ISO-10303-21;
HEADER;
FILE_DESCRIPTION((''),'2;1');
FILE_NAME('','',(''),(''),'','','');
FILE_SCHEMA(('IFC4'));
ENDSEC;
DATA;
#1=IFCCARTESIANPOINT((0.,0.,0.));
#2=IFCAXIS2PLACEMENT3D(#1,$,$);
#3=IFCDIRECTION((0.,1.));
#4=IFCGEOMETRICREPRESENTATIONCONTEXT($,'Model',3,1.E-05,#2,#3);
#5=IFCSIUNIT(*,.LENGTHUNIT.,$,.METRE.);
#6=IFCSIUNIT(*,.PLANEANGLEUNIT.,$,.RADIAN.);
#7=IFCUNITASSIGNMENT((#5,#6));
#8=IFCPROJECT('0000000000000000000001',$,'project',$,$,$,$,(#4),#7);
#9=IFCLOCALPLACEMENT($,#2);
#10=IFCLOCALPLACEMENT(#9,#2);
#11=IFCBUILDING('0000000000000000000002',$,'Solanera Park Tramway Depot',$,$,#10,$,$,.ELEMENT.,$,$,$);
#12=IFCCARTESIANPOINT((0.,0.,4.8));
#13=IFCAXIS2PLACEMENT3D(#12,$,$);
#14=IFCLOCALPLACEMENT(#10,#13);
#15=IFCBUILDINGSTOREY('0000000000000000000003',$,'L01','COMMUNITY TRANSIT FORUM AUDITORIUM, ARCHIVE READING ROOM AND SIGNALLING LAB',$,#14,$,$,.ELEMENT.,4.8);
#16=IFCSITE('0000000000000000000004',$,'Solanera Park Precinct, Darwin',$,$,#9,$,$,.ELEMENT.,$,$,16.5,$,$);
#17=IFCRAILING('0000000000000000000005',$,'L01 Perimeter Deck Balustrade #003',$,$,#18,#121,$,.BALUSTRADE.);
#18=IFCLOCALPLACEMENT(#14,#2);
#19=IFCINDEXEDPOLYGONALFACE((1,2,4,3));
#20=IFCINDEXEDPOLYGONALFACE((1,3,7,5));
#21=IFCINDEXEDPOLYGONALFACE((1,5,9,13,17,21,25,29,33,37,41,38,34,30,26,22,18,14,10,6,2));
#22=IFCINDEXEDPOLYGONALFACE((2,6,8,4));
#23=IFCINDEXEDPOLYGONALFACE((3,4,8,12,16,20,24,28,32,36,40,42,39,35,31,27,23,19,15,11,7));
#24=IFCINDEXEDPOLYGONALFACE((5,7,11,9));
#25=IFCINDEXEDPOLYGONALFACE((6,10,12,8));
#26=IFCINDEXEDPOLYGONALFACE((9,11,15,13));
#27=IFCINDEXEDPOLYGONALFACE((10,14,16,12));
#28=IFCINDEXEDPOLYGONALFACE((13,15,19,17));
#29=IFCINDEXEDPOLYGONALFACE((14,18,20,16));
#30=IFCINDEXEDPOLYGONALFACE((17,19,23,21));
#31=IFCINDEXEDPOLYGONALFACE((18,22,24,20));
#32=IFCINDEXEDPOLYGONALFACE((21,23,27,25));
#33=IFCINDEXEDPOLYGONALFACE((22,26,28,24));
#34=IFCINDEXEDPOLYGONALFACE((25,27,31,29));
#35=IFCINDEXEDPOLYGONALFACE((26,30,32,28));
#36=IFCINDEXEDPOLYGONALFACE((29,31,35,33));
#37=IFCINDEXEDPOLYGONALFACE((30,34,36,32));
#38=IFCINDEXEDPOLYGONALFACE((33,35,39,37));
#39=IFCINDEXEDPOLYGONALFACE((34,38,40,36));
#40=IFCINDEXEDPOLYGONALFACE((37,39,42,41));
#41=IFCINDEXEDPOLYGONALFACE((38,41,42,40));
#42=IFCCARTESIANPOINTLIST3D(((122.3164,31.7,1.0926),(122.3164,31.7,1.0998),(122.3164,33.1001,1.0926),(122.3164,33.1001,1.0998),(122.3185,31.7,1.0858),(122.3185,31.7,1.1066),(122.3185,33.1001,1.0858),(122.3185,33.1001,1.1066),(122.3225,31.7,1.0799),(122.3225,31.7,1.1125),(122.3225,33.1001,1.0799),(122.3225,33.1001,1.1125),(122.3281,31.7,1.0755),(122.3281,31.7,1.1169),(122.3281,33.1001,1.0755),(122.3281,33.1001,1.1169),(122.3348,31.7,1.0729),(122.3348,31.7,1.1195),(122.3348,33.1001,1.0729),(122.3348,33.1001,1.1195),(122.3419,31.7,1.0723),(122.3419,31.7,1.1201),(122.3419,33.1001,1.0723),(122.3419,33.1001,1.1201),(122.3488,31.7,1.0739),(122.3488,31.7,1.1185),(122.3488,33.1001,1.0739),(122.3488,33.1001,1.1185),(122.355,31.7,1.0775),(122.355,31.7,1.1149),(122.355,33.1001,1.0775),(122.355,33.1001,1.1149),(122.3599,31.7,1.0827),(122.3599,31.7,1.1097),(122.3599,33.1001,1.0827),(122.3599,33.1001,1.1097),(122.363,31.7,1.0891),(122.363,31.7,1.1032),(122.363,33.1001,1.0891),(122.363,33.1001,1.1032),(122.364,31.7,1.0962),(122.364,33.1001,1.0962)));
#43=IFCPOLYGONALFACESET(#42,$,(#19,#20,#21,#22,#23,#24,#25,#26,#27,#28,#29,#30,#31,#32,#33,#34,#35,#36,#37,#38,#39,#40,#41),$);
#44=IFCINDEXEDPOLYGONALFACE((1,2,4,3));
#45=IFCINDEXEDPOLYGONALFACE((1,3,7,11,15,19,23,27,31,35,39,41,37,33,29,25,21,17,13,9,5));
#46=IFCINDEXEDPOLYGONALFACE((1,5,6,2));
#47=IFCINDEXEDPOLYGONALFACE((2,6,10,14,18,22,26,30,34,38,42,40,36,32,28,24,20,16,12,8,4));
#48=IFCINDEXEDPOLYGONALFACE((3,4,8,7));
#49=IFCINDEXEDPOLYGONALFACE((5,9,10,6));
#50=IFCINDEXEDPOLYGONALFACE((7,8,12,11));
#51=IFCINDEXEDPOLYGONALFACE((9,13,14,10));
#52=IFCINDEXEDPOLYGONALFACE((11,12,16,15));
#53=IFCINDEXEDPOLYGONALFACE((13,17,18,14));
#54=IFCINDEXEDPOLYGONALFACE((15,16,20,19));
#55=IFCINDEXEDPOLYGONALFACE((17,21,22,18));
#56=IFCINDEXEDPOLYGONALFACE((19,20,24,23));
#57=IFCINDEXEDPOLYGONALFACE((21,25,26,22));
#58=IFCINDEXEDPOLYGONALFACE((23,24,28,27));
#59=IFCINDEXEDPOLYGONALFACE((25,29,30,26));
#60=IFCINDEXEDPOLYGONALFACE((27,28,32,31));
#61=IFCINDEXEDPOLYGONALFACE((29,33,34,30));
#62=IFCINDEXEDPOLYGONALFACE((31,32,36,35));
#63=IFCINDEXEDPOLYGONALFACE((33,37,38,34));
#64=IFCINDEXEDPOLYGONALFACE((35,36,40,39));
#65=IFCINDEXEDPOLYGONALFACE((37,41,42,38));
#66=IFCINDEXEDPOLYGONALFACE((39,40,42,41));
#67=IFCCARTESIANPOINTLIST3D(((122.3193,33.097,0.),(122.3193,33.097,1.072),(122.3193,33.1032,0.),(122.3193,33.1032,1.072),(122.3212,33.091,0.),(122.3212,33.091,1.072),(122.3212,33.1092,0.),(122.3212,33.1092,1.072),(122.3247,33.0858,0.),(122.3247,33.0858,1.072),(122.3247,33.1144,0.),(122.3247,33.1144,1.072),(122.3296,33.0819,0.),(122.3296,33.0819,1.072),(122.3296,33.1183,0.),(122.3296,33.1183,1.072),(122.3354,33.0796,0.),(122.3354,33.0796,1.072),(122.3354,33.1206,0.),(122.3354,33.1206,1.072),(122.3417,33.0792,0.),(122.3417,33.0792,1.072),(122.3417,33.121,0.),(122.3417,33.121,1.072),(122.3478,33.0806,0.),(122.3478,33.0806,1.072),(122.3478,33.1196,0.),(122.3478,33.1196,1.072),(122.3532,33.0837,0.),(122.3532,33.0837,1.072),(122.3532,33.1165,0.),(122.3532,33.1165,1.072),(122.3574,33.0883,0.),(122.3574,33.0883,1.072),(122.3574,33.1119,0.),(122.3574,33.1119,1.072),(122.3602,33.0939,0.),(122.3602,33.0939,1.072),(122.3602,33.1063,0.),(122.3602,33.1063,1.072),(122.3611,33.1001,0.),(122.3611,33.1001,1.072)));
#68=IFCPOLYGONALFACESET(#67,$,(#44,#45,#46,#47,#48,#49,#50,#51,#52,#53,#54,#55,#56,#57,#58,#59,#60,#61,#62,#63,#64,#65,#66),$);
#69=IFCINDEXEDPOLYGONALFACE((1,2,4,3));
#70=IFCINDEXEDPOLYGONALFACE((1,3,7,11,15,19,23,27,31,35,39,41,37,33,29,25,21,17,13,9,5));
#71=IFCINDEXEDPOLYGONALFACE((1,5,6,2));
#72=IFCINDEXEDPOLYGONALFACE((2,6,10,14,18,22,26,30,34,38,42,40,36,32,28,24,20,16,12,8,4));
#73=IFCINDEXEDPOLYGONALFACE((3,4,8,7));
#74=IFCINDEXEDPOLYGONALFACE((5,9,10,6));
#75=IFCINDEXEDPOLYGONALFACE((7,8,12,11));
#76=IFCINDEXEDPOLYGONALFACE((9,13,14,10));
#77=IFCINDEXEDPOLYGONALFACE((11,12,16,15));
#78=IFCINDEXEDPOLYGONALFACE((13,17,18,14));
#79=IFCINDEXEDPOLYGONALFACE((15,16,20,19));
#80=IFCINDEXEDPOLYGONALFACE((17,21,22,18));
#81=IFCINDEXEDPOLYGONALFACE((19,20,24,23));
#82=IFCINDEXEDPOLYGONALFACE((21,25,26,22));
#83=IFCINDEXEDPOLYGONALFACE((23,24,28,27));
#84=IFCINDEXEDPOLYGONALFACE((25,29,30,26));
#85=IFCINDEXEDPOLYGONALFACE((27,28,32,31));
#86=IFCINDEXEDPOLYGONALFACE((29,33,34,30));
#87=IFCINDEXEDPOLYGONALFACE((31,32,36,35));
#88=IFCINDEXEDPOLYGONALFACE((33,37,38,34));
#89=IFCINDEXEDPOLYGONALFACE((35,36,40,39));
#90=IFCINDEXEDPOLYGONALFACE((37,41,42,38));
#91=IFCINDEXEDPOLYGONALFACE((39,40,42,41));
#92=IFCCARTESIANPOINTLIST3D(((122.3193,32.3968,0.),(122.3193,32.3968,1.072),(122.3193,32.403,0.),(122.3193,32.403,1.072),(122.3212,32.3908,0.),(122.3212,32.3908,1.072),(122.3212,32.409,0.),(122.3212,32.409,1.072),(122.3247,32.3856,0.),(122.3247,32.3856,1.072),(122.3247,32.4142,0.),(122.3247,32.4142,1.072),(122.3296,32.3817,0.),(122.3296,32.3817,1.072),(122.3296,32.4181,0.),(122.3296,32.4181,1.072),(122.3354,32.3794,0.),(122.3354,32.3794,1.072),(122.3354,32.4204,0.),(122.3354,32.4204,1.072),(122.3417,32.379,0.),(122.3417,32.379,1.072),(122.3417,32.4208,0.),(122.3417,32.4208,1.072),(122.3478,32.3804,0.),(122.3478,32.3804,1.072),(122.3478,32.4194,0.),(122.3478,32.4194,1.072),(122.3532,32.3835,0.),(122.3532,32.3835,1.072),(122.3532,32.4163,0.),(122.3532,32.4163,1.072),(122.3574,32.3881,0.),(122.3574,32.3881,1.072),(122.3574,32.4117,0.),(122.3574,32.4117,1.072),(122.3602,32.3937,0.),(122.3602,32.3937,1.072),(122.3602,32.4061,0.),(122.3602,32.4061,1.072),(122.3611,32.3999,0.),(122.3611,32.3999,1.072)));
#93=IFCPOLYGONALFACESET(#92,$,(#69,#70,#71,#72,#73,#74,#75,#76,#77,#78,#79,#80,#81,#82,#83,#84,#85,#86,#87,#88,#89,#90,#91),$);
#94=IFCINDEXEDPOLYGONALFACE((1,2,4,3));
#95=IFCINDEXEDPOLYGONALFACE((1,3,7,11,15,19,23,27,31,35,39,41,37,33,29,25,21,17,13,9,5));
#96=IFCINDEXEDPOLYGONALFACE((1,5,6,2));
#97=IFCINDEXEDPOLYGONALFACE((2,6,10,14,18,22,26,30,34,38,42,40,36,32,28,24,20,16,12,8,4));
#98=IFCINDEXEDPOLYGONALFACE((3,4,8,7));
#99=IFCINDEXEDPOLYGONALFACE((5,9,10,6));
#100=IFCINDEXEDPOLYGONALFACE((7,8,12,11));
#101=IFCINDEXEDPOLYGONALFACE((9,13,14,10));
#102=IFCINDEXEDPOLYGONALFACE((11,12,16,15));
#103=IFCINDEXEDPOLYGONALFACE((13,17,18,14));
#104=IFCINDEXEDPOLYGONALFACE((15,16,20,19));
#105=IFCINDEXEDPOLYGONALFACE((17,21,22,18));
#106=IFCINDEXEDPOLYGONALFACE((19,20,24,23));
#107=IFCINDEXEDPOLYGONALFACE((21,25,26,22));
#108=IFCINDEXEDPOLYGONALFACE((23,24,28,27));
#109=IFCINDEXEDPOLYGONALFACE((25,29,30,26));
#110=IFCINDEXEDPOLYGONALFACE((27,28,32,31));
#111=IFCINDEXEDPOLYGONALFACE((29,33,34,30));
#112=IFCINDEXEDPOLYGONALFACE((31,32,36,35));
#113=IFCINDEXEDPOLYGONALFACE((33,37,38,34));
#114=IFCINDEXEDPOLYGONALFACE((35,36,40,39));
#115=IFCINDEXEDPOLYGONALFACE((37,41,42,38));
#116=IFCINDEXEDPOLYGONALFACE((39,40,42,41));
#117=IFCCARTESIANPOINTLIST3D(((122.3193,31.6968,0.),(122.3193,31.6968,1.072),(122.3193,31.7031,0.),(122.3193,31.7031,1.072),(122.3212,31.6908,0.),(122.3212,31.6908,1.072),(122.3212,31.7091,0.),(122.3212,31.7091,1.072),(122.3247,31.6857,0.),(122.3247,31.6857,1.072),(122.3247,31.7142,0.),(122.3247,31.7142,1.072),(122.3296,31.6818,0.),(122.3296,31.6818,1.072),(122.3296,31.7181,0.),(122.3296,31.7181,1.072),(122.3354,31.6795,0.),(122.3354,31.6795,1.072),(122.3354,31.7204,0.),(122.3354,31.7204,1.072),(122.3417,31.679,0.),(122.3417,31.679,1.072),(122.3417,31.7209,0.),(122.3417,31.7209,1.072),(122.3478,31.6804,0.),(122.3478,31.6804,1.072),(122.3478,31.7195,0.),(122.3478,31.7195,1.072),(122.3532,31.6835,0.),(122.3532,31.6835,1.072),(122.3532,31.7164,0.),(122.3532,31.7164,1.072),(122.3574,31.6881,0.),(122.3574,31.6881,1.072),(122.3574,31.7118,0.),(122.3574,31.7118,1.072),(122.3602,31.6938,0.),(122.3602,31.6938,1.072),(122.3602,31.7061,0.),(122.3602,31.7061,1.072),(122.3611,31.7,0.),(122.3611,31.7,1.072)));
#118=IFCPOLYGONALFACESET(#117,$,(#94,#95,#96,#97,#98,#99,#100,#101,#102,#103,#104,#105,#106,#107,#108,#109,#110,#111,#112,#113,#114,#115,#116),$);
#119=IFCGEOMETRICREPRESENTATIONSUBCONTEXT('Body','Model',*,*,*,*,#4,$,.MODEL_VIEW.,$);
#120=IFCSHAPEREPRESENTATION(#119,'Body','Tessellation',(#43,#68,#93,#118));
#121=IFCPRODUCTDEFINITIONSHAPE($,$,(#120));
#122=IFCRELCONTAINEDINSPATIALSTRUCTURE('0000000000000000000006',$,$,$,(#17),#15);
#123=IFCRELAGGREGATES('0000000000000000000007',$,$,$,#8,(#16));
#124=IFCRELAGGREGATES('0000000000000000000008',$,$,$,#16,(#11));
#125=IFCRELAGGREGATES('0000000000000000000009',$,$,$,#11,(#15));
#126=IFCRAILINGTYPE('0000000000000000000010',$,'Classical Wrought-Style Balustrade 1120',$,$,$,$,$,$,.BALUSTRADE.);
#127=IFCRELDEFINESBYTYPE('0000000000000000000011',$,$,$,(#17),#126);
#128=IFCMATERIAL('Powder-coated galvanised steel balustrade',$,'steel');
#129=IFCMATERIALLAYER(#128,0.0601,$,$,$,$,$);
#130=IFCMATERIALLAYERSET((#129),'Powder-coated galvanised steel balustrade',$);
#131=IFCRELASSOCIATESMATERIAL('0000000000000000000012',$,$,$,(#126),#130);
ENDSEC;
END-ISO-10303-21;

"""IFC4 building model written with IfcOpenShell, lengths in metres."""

from ifc_helpers import new_model, si_unit, direction, frame, origin, origin_2d, place, context, subcontext, project, spatial, circle, extrude, material, layer, layer_set, type_object, element, save


model = new_model("IFC4")

# Units and contexts
model_context = context("Model", 3, precision=1e-05, world=origin(), true_north=direction((0.0, 1.0)))
body_context = subcontext(model_context, "Body", "Model", "MODEL_VIEW")
ifc_project = project(units=[si_unit("LENGTHUNIT", "METRE"), si_unit("PLANEANGLEUNIT", "RADIAN")], contexts=[model_context])

# Site, building, storey
site_placement = place(None, origin())
site = spatial("IfcSite", under=ifc_project, at=site_placement, Name="Solanera Park Precinct, Darwin", CompositionType="ELEMENT", RefElevation=16.5)
building_placement = place(site_placement, origin())
building = spatial("IfcBuilding", under=site, at=building_placement, Name="Solanera Park Tramway Depot", CompositionType="ELEMENT")
storey_placement = place(building_placement, frame((0.0, 0.0, 4.8)))
storey = spatial("IfcBuildingStorey", under=building, at=storey_placement, Name="L01", Description="COMMUNITY TRANSIT FORUM AUDITORIUM, ARCHIVE READING ROOM AND SIGNALLING LAB", CompositionType="ELEMENT", Elevation=4.8)

# Railing
ifc_material_1 = material(Name="Powder-coated galvanised steel balustrade", Category="steel")
ifc_layer_1 = layer(ifc_material_1, 0.0601)
ifc_layer_set_1 = layer_set([ifc_layer_1], Name="Powder-coated galvanised steel balustrade")
railing_type = type_object("IfcRailingType", Name="Classical Wrought-Style Balustrade 1120", PredefinedType="BALUSTRADE", material=ifc_layer_set_1)
railing_placement = place(storey_placement, frame((122.3401, 33.1001, 0.0)))
element("IfcRailing", 1, at=railing_placement, inside=storey, type_object=railing_type, Name="L01 Perimeter Deck Balustrade #003", PredefinedType="BALUSTRADE", context=body_context, shape_type="SweptSolid", body=[
    extrude(circle(Radius=0.0239, at=origin_2d()), frame((0.0, 0.0, 1.0962), z_axis=(0.0, -1.0, 0.0), x_axis=(1.0, 0.0, 0.0)), (0.0, 0.0, 1.0), 1.4001),
    extrude(circle(Radius=0.021, at=origin_2d()), origin(), (0.0, 0.0, 1.0), 1.072),
    extrude(circle(Radius=0.021, at=origin_2d()), frame((0.0, -0.7002, 0.0)), (0.0, 0.0, 1.0), 1.072),
    extrude(circle(Radius=0.021, at=origin_2d()), frame((0.0, -1.4001, 0.0)), (0.0, 0.0, 1.0), 1.072),
])

save(model, "model.ifc")
